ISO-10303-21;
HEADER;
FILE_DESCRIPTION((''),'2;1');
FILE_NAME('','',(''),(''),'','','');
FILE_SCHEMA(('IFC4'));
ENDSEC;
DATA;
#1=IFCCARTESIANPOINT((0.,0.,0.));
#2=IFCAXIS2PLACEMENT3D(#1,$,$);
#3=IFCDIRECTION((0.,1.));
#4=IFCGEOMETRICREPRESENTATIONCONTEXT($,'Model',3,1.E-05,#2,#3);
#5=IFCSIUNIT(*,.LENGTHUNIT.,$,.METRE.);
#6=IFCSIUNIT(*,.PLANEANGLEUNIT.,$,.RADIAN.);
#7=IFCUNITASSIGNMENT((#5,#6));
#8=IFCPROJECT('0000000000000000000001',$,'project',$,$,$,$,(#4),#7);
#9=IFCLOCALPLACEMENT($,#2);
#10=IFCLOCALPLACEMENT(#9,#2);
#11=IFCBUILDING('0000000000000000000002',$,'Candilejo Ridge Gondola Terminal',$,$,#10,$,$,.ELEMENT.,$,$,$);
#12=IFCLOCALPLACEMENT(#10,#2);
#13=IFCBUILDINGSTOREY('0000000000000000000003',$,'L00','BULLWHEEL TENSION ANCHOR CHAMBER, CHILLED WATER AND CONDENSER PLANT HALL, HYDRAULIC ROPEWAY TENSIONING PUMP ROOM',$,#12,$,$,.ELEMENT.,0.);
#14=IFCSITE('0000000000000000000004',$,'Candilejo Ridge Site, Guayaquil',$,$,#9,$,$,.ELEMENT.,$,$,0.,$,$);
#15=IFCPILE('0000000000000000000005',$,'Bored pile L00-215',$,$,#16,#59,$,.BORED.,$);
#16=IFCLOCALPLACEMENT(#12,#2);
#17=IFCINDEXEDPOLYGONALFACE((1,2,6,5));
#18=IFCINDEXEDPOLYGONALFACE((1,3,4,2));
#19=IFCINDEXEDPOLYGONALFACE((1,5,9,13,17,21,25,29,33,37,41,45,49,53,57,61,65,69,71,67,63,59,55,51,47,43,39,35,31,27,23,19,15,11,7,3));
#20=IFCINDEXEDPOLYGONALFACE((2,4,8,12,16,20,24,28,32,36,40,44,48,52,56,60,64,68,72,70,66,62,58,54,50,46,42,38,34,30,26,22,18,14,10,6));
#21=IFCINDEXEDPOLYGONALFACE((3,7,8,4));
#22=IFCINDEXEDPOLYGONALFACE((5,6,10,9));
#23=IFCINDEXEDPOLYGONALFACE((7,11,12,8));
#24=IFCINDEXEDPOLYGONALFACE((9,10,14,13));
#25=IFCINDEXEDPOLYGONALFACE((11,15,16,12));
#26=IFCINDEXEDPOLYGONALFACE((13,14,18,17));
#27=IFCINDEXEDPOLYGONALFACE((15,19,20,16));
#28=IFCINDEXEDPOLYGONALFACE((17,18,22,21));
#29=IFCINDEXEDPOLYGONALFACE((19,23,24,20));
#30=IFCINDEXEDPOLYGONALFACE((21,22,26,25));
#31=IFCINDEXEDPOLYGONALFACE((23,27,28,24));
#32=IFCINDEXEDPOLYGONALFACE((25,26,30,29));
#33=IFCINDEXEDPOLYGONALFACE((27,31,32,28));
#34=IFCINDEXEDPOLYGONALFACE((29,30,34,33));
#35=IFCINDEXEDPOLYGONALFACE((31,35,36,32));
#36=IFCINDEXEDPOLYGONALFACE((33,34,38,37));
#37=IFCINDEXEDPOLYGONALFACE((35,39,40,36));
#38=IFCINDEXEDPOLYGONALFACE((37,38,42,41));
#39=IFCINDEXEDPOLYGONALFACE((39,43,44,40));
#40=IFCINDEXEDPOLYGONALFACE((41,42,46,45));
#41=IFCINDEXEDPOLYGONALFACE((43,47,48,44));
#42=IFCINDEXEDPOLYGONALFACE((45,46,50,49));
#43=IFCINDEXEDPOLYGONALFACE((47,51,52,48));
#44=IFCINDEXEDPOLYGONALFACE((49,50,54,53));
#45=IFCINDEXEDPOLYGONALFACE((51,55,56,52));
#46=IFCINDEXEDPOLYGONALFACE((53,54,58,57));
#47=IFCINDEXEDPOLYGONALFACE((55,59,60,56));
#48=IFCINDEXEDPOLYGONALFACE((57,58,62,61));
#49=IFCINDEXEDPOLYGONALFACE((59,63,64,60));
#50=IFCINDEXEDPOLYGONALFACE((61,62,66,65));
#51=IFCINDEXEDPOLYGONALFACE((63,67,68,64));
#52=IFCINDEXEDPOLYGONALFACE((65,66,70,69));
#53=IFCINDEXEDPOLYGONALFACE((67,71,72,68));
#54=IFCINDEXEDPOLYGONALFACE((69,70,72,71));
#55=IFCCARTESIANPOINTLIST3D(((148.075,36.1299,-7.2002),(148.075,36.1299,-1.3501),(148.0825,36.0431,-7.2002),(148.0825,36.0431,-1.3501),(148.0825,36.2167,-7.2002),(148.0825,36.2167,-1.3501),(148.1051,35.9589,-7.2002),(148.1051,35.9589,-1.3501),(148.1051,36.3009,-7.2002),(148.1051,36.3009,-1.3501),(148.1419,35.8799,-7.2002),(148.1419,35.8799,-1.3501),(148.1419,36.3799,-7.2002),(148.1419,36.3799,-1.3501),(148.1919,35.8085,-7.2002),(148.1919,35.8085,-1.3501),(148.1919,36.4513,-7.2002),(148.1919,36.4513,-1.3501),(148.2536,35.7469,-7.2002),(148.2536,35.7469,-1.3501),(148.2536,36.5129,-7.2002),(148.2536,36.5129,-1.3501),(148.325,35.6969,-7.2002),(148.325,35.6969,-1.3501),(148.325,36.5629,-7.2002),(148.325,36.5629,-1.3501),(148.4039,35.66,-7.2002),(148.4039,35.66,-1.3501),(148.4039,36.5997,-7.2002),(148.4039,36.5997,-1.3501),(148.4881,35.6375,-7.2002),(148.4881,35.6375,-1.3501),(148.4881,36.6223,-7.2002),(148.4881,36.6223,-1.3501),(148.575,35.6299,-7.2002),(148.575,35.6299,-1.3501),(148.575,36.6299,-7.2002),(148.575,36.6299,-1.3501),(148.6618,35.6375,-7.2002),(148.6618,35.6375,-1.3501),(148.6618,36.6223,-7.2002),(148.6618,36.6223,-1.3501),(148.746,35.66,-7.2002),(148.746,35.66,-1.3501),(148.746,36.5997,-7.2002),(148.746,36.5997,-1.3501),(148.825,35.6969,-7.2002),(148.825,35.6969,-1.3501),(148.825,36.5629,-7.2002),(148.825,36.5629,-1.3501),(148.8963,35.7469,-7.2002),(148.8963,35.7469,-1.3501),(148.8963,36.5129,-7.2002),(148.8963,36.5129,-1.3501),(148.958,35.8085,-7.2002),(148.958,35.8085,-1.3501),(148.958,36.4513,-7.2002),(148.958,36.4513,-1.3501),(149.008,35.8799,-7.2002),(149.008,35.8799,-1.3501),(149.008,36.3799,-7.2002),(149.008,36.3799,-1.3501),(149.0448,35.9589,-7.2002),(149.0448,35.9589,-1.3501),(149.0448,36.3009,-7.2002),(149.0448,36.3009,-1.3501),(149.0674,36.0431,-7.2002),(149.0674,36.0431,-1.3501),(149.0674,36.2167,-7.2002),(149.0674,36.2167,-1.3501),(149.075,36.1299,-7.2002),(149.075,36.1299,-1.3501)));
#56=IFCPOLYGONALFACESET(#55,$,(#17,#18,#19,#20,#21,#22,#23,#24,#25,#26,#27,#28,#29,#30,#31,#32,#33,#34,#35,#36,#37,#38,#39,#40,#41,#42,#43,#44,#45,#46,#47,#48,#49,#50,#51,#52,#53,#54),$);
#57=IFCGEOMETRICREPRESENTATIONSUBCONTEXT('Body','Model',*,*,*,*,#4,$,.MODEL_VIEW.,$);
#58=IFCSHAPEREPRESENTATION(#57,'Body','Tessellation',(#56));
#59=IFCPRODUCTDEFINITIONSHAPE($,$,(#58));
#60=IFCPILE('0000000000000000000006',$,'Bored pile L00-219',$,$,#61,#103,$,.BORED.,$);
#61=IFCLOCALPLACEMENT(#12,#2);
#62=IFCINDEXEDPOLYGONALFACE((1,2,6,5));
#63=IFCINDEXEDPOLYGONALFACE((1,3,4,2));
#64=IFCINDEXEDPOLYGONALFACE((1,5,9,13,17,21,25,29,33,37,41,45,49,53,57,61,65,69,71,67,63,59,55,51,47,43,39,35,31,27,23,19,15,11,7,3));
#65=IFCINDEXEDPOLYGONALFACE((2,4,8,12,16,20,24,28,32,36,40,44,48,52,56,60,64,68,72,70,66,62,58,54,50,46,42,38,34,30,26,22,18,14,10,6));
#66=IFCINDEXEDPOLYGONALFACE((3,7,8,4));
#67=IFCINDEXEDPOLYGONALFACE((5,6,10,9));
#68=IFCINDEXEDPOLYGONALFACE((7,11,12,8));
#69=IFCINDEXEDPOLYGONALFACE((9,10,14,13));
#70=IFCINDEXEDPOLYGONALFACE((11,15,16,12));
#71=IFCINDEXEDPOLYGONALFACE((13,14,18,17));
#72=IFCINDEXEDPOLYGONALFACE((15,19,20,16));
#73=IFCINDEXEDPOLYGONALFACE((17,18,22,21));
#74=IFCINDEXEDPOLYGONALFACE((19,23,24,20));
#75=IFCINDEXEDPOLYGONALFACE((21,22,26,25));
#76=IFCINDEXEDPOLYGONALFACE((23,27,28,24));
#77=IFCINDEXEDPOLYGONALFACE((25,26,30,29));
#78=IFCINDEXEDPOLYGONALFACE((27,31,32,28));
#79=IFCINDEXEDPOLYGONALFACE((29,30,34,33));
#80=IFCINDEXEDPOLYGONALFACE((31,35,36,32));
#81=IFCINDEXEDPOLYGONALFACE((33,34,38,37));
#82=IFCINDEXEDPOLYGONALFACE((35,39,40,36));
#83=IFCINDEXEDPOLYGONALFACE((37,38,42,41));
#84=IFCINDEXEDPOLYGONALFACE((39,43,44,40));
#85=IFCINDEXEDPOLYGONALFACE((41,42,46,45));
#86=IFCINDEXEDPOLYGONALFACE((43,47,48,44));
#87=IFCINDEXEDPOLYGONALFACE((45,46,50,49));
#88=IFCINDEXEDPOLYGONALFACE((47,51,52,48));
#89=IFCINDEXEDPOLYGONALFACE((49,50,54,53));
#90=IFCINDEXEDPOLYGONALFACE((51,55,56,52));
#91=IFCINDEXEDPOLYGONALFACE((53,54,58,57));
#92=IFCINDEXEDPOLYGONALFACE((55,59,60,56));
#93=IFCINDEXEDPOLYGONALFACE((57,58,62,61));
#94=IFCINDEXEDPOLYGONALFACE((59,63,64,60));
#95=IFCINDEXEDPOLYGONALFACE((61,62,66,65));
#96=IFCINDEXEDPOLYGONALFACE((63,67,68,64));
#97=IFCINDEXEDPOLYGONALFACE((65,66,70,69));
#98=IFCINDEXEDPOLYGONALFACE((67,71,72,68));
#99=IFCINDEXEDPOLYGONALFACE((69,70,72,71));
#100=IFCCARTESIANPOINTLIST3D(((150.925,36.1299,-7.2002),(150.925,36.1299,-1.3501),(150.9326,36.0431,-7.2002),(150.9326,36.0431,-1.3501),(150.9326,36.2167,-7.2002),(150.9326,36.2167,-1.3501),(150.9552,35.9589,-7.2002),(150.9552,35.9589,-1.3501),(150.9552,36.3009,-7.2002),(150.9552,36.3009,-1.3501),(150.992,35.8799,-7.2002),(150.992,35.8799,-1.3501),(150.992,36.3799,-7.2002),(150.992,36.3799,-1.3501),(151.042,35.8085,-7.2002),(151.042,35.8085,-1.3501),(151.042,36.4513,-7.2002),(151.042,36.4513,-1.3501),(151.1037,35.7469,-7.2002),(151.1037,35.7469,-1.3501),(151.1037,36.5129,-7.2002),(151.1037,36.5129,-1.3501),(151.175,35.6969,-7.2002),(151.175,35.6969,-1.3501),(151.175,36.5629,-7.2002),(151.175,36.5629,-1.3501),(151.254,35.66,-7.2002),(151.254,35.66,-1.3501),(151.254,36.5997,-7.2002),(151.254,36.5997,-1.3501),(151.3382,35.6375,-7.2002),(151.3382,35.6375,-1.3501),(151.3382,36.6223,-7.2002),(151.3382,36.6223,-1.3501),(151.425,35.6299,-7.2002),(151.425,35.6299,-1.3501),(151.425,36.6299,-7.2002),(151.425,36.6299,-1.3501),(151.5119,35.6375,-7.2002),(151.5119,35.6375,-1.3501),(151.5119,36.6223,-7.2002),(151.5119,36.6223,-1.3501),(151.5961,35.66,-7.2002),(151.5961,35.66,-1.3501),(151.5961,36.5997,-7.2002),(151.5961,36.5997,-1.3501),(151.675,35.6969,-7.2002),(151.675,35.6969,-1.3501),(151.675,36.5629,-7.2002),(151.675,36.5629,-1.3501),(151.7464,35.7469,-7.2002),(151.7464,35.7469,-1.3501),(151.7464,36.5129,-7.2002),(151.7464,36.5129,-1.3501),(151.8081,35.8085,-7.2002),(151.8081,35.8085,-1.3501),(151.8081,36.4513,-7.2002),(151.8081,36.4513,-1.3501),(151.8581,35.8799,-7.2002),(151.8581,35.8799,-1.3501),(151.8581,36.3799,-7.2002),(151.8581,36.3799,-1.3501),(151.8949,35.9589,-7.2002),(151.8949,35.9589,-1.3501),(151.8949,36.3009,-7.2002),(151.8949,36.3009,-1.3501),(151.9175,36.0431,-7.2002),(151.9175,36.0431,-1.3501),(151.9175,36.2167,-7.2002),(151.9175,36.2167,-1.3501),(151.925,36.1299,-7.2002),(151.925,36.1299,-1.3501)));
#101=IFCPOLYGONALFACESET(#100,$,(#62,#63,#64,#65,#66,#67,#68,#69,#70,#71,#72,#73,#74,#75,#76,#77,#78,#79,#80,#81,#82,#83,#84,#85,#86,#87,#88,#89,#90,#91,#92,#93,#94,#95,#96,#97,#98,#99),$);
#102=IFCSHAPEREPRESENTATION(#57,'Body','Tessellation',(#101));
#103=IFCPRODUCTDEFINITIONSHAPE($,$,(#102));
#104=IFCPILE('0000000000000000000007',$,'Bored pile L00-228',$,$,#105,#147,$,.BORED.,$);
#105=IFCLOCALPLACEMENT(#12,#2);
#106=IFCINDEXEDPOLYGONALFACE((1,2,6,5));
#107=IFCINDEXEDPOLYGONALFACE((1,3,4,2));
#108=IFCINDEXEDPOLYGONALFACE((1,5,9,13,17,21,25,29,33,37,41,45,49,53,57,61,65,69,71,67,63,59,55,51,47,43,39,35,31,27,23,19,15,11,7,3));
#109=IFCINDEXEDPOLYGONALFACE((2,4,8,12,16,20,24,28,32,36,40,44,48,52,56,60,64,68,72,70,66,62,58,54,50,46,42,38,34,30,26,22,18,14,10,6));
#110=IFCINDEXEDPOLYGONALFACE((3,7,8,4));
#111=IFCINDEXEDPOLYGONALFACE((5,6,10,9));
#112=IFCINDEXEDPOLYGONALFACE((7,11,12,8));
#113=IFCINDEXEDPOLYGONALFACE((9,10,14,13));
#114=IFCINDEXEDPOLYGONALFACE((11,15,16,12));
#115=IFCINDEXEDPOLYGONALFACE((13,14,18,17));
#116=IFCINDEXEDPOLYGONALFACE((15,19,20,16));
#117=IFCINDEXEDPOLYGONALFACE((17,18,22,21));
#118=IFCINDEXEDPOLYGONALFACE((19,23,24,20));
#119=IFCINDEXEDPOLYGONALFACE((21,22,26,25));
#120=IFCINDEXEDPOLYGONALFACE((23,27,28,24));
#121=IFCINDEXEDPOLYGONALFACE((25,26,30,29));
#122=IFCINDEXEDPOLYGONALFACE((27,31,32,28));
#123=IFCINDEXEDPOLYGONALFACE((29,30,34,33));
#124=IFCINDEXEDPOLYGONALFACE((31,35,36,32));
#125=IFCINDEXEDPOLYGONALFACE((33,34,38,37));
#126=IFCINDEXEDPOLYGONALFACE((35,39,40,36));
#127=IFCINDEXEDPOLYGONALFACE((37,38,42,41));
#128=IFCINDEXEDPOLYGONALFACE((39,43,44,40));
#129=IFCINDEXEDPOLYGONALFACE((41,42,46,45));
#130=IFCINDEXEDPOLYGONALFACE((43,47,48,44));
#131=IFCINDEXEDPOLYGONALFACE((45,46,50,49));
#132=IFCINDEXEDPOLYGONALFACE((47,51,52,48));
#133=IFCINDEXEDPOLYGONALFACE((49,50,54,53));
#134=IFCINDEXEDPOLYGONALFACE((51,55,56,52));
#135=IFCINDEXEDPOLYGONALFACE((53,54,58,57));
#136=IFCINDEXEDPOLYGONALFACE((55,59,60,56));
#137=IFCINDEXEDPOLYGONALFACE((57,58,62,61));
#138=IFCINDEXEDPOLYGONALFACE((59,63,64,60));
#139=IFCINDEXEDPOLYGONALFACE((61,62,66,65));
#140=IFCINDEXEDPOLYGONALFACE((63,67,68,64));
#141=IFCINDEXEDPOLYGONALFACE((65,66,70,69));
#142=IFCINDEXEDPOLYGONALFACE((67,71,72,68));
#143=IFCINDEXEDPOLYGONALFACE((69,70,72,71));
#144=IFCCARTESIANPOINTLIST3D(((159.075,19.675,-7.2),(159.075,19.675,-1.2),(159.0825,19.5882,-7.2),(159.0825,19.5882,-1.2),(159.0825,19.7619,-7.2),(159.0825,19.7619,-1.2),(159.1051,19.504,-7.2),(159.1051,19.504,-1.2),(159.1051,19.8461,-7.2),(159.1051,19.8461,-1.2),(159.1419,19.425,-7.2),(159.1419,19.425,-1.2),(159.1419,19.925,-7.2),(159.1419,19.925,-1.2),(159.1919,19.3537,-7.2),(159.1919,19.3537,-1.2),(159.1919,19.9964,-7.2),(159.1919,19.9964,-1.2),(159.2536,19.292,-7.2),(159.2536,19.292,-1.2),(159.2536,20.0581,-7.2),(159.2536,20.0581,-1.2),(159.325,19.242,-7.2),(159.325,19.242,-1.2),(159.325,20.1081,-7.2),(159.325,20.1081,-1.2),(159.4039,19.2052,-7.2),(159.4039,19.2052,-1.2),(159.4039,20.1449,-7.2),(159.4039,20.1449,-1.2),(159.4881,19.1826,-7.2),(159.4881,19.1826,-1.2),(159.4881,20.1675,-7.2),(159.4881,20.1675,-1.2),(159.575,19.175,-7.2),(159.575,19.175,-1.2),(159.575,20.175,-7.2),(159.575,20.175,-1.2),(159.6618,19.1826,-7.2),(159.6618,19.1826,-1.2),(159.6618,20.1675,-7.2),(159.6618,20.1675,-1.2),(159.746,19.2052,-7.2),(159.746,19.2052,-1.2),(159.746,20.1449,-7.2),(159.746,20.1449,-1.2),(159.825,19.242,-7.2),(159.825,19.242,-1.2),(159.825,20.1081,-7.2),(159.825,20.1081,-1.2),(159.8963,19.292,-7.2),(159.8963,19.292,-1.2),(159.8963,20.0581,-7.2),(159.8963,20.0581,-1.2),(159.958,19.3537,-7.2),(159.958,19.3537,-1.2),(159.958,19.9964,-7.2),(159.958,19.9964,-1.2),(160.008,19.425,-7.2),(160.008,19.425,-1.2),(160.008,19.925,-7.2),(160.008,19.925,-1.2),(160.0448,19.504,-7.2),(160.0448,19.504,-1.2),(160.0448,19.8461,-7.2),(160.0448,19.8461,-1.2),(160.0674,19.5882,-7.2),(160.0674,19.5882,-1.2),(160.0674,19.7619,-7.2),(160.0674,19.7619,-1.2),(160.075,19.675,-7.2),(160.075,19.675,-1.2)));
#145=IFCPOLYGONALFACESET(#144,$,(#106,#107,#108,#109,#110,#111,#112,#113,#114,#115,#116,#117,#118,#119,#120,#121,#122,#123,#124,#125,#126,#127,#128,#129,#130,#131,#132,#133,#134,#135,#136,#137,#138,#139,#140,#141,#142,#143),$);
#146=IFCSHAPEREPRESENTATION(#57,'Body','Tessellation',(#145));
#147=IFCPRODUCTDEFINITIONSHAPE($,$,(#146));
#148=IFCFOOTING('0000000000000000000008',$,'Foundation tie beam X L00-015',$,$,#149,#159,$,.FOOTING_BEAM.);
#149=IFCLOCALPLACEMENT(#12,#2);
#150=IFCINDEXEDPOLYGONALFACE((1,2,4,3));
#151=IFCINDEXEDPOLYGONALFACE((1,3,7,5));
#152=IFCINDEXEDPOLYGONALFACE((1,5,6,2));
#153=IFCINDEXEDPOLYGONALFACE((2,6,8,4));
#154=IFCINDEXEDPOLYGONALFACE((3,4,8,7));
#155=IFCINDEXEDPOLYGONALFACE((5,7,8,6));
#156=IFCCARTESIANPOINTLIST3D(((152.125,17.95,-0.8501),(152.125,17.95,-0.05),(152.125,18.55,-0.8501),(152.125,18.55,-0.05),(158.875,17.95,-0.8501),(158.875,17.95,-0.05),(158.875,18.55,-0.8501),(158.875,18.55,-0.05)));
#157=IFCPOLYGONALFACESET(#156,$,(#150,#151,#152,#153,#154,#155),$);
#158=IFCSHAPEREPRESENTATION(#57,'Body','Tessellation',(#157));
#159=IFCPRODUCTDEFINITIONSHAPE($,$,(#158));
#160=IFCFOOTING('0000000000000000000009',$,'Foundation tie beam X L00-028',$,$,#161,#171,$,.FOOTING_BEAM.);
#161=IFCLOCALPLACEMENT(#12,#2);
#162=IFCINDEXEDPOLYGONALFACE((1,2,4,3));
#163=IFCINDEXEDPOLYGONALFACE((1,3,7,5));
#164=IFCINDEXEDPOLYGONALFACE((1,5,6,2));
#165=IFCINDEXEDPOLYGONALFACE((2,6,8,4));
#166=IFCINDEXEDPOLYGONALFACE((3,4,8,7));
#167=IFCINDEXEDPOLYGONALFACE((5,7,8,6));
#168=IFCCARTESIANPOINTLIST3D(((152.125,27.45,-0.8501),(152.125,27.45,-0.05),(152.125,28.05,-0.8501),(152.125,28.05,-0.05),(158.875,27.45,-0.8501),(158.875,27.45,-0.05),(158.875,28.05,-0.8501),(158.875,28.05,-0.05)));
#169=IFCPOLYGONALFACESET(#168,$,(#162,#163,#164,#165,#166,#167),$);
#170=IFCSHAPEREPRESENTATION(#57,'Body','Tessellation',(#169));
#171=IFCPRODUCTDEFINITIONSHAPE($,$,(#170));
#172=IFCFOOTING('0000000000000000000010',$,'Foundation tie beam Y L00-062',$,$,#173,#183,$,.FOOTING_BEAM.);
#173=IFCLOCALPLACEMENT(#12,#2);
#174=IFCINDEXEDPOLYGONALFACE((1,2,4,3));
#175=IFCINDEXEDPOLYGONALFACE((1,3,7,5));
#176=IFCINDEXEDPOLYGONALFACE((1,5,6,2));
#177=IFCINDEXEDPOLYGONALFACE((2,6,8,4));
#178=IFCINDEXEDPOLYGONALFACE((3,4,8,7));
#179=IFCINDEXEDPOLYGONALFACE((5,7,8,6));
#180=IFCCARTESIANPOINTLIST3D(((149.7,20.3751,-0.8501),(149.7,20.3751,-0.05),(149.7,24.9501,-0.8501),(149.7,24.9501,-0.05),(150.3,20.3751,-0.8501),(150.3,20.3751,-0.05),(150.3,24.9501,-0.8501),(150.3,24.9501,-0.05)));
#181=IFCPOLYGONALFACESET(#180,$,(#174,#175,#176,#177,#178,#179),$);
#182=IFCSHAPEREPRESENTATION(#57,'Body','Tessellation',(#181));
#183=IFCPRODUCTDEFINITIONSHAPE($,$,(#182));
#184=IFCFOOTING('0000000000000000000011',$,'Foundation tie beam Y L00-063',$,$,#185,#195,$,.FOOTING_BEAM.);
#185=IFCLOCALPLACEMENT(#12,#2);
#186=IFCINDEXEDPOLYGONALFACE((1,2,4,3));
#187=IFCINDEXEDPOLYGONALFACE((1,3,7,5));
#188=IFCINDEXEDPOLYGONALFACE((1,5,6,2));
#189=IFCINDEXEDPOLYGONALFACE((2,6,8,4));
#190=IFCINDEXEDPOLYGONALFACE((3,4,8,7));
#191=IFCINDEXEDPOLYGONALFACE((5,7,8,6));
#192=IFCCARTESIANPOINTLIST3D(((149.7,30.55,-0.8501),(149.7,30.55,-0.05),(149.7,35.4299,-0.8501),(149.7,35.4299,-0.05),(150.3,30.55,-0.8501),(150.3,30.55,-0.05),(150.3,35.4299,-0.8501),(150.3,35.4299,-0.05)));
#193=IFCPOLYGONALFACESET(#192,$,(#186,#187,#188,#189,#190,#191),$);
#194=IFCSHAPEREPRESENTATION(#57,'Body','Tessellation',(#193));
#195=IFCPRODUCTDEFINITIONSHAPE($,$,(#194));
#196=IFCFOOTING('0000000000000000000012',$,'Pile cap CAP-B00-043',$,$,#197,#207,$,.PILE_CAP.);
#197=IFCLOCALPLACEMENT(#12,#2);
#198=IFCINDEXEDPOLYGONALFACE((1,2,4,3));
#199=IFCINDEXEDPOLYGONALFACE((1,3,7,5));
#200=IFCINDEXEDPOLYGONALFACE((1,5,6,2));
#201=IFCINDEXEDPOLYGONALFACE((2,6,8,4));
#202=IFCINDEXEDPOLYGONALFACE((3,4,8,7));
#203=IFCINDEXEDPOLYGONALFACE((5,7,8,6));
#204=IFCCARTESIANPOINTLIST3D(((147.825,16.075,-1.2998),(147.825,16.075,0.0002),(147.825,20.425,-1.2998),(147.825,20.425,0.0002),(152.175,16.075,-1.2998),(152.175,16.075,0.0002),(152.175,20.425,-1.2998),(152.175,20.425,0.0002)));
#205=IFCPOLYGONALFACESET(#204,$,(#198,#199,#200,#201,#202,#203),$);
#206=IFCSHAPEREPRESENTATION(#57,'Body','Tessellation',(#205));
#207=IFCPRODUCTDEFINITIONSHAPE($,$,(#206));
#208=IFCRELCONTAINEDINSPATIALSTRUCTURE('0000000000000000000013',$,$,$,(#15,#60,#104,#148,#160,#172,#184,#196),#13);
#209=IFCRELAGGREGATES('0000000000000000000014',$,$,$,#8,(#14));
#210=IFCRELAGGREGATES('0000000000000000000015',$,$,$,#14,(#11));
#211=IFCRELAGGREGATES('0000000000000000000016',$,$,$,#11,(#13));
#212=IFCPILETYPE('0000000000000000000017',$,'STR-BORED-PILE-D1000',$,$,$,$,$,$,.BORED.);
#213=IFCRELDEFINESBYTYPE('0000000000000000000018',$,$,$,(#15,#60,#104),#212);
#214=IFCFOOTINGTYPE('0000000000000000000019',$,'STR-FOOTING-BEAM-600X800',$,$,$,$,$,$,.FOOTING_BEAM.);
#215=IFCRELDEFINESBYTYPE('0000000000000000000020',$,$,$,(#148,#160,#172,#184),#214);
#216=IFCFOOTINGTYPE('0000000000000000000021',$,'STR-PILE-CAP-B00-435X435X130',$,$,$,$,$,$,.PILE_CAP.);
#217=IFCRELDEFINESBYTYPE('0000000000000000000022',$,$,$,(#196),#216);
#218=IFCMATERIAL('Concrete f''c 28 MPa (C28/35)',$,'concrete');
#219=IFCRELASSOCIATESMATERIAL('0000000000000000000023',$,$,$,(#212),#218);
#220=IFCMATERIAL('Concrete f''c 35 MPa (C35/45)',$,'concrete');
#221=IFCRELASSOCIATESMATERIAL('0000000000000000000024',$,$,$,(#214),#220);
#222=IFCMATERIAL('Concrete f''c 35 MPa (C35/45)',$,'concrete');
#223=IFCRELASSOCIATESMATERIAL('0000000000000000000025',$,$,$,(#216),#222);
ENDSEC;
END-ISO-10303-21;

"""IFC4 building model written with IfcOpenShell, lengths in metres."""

from ifc_helpers import new_model, si_unit, direction, frame, origin, origin_2d, place, context, subcontext, project, spatial, rectangle, circle, extrude, material, material_profile, profile_set, type_object, element, save


model = new_model("IFC4")

# Units and contexts
model_context = context("Model", 3, precision=1e-05, world=origin(), true_north=direction((0.0, 1.0)))
body_context = subcontext(model_context, "Body", "Model", "MODEL_VIEW")
ifc_project = project(units=[si_unit("LENGTHUNIT", "METRE"), si_unit("PLANEANGLEUNIT", "RADIAN")], contexts=[model_context])

# Site, building, storey
site_placement = place(None, origin())
site = spatial("IfcSite", under=ifc_project, at=site_placement, Name="Candilejo Ridge Site, Guayaquil", CompositionType="ELEMENT", RefElevation=0.0)
building_placement = place(site_placement, origin())
building = spatial("IfcBuilding", under=site, at=building_placement, Name="Candilejo Ridge Gondola Terminal", CompositionType="ELEMENT")
storey_placement = place(building_placement, origin())
storey = spatial("IfcBuildingStorey", under=building, at=storey_placement, Name="L00", Description="BULLWHEEL TENSION ANCHOR CHAMBER, CHILLED WATER AND CONDENSER PLANT HALL, HYDRAULIC ROPEWAY TENSIONING PUMP ROOM", CompositionType="ELEMENT", Elevation=0.0)

# Piles
ifc_material_1 = material(Name="Concrete f'c 28 MPa (C28/35)", Category="concrete")
ifc_material_profile_1 = material_profile(ifc_material_1, circle(Radius=0.5, at=origin_2d()))
ifc_profile_set_1 = profile_set([ifc_material_profile_1], Name="Concrete f'c 28 MPa (C28/35)")
pile_type = type_object("IfcPileType", Name="STR-BORED-PILE-D1000", PredefinedType="BORED", material=ifc_profile_set_1)
for number, where, z_axis, x_axis, name in (
    (1, (148.575, 36.1299, -1.3501), (0.0, 0.0, -1.0), (1.0, 0.0, 0.0), "Bored pile L00-215"),
    (2, (151.425, 36.1299, -1.3501), (0.0, 0.0, -1.0), (1.0, 0.0, 0.0), "Bored pile L00-219"),
):
    element("IfcPile", number, at=place(storey_placement, frame(where, z_axis=z_axis, x_axis=x_axis)), inside=storey, type_object=pile_type, Name=name, PredefinedType="BORED", context=body_context, shape_type="SweptSolid", body=[
        extrude(circle(Radius=0.5, at=origin_2d()), origin(), (0.0, 0.0, 1.0), 5.8501),
    ])
pile_1_placement = place(storey_placement, frame((159.575, 19.675, -1.2), z_axis=(0.0, 0.0, -1.0), x_axis=(1.0, 0.0, 0.0)))
element("IfcPile", 3, at=pile_1_placement, inside=storey, type_object=pile_type, Name="Bored pile L00-228", PredefinedType="BORED", context=body_context, shape_type="SweptSolid", body=[
    extrude(circle(Radius=0.5, at=origin_2d()), origin(), (0.0, 0.0, 1.0), 6.0),
])

# Footings
ifc_material_2 = material(Name="Concrete f'c 35 MPa (C35/45)", Category="concrete")
footing_type_1 = type_object("IfcFootingType", Name="STR-FOOTING-BEAM-600X800", PredefinedType="FOOTING_BEAM", material=ifc_material_2)
for number, where, z_axis, x_axis, name in (
    (4, (155.5, 18.25, -0.8501), (0.0, 0.0, 1.0), (1.0, 0.0, 0.0), "Foundation tie beam X L00-015"),
    (5, (155.5, 27.75, -0.8501), (0.0, 0.0, 1.0), (1.0, 0.0, 0.0), "Foundation tie beam X L00-028"),
):
    element("IfcFooting", number, at=place(storey_placement, frame(where, z_axis=z_axis, x_axis=x_axis)), inside=storey, type_object=footing_type_1, Name=name, PredefinedType="FOOTING_BEAM", context=body_context, shape_type="SweptSolid", body=[
        extrude(rectangle(XDim=6.75, YDim=0.6001, at=origin_2d()), origin(), (0.0, 0.0, 1.0), 0.8),
    ])
footing_1_placement = place(storey_placement, frame((150.0, 22.6626, -0.8501), z_axis=(0.0, 0.0, 1.0), x_axis=(1.0, 0.0, 0.0)))
element("IfcFooting", 6, at=footing_1_placement, inside=storey, type_object=footing_type_1, Name="Foundation tie beam Y L00-062", PredefinedType="FOOTING_BEAM", context=body_context, shape_type="SweptSolid", body=[
    extrude(rectangle(XDim=0.6001, YDim=4.575, at=origin_2d()), origin(), (0.0, 0.0, 1.0), 0.8),
])
footing_2_placement = place(storey_placement, frame((150.0, 32.99, -0.8501), z_axis=(0.0, 0.0, 1.0), x_axis=(1.0, 0.0, 0.0)))
element("IfcFooting", 7, at=footing_2_placement, inside=storey, type_object=footing_type_1, Name="Foundation tie beam Y L00-063", PredefinedType="FOOTING_BEAM", context=body_context, shape_type="SweptSolid", body=[
    extrude(rectangle(XDim=0.6001, YDim=4.8799, at=origin_2d()), origin(), (0.0, 0.0, 1.0), 0.8),
])
ifc_material_3 = material(Name="Concrete f'c 35 MPa (C35/45)", Category="concrete")
footing_type_2 = type_object("IfcFootingType", Name="STR-PILE-CAP-B00-435X435X130", PredefinedType="PILE_CAP", material=ifc_material_3)
footing_3_placement = place(storey_placement, frame((150.0, 18.25, -1.2998), z_axis=(0.0, 0.0, 1.0), x_axis=(1.0, 0.0, 0.0)))
element("IfcFooting", 8, at=footing_3_placement, inside=storey, type_object=footing_type_2, Name="Pile cap CAP-B00-043", PredefinedType="PILE_CAP", context=body_context, shape_type="SweptSolid", body=[
    extrude(rectangle(XDim=4.3501, YDim=4.3501, at=origin_2d()), origin(), (0.0, 0.0, 1.0), 1.3),
])

save(model, "model.ifc")
